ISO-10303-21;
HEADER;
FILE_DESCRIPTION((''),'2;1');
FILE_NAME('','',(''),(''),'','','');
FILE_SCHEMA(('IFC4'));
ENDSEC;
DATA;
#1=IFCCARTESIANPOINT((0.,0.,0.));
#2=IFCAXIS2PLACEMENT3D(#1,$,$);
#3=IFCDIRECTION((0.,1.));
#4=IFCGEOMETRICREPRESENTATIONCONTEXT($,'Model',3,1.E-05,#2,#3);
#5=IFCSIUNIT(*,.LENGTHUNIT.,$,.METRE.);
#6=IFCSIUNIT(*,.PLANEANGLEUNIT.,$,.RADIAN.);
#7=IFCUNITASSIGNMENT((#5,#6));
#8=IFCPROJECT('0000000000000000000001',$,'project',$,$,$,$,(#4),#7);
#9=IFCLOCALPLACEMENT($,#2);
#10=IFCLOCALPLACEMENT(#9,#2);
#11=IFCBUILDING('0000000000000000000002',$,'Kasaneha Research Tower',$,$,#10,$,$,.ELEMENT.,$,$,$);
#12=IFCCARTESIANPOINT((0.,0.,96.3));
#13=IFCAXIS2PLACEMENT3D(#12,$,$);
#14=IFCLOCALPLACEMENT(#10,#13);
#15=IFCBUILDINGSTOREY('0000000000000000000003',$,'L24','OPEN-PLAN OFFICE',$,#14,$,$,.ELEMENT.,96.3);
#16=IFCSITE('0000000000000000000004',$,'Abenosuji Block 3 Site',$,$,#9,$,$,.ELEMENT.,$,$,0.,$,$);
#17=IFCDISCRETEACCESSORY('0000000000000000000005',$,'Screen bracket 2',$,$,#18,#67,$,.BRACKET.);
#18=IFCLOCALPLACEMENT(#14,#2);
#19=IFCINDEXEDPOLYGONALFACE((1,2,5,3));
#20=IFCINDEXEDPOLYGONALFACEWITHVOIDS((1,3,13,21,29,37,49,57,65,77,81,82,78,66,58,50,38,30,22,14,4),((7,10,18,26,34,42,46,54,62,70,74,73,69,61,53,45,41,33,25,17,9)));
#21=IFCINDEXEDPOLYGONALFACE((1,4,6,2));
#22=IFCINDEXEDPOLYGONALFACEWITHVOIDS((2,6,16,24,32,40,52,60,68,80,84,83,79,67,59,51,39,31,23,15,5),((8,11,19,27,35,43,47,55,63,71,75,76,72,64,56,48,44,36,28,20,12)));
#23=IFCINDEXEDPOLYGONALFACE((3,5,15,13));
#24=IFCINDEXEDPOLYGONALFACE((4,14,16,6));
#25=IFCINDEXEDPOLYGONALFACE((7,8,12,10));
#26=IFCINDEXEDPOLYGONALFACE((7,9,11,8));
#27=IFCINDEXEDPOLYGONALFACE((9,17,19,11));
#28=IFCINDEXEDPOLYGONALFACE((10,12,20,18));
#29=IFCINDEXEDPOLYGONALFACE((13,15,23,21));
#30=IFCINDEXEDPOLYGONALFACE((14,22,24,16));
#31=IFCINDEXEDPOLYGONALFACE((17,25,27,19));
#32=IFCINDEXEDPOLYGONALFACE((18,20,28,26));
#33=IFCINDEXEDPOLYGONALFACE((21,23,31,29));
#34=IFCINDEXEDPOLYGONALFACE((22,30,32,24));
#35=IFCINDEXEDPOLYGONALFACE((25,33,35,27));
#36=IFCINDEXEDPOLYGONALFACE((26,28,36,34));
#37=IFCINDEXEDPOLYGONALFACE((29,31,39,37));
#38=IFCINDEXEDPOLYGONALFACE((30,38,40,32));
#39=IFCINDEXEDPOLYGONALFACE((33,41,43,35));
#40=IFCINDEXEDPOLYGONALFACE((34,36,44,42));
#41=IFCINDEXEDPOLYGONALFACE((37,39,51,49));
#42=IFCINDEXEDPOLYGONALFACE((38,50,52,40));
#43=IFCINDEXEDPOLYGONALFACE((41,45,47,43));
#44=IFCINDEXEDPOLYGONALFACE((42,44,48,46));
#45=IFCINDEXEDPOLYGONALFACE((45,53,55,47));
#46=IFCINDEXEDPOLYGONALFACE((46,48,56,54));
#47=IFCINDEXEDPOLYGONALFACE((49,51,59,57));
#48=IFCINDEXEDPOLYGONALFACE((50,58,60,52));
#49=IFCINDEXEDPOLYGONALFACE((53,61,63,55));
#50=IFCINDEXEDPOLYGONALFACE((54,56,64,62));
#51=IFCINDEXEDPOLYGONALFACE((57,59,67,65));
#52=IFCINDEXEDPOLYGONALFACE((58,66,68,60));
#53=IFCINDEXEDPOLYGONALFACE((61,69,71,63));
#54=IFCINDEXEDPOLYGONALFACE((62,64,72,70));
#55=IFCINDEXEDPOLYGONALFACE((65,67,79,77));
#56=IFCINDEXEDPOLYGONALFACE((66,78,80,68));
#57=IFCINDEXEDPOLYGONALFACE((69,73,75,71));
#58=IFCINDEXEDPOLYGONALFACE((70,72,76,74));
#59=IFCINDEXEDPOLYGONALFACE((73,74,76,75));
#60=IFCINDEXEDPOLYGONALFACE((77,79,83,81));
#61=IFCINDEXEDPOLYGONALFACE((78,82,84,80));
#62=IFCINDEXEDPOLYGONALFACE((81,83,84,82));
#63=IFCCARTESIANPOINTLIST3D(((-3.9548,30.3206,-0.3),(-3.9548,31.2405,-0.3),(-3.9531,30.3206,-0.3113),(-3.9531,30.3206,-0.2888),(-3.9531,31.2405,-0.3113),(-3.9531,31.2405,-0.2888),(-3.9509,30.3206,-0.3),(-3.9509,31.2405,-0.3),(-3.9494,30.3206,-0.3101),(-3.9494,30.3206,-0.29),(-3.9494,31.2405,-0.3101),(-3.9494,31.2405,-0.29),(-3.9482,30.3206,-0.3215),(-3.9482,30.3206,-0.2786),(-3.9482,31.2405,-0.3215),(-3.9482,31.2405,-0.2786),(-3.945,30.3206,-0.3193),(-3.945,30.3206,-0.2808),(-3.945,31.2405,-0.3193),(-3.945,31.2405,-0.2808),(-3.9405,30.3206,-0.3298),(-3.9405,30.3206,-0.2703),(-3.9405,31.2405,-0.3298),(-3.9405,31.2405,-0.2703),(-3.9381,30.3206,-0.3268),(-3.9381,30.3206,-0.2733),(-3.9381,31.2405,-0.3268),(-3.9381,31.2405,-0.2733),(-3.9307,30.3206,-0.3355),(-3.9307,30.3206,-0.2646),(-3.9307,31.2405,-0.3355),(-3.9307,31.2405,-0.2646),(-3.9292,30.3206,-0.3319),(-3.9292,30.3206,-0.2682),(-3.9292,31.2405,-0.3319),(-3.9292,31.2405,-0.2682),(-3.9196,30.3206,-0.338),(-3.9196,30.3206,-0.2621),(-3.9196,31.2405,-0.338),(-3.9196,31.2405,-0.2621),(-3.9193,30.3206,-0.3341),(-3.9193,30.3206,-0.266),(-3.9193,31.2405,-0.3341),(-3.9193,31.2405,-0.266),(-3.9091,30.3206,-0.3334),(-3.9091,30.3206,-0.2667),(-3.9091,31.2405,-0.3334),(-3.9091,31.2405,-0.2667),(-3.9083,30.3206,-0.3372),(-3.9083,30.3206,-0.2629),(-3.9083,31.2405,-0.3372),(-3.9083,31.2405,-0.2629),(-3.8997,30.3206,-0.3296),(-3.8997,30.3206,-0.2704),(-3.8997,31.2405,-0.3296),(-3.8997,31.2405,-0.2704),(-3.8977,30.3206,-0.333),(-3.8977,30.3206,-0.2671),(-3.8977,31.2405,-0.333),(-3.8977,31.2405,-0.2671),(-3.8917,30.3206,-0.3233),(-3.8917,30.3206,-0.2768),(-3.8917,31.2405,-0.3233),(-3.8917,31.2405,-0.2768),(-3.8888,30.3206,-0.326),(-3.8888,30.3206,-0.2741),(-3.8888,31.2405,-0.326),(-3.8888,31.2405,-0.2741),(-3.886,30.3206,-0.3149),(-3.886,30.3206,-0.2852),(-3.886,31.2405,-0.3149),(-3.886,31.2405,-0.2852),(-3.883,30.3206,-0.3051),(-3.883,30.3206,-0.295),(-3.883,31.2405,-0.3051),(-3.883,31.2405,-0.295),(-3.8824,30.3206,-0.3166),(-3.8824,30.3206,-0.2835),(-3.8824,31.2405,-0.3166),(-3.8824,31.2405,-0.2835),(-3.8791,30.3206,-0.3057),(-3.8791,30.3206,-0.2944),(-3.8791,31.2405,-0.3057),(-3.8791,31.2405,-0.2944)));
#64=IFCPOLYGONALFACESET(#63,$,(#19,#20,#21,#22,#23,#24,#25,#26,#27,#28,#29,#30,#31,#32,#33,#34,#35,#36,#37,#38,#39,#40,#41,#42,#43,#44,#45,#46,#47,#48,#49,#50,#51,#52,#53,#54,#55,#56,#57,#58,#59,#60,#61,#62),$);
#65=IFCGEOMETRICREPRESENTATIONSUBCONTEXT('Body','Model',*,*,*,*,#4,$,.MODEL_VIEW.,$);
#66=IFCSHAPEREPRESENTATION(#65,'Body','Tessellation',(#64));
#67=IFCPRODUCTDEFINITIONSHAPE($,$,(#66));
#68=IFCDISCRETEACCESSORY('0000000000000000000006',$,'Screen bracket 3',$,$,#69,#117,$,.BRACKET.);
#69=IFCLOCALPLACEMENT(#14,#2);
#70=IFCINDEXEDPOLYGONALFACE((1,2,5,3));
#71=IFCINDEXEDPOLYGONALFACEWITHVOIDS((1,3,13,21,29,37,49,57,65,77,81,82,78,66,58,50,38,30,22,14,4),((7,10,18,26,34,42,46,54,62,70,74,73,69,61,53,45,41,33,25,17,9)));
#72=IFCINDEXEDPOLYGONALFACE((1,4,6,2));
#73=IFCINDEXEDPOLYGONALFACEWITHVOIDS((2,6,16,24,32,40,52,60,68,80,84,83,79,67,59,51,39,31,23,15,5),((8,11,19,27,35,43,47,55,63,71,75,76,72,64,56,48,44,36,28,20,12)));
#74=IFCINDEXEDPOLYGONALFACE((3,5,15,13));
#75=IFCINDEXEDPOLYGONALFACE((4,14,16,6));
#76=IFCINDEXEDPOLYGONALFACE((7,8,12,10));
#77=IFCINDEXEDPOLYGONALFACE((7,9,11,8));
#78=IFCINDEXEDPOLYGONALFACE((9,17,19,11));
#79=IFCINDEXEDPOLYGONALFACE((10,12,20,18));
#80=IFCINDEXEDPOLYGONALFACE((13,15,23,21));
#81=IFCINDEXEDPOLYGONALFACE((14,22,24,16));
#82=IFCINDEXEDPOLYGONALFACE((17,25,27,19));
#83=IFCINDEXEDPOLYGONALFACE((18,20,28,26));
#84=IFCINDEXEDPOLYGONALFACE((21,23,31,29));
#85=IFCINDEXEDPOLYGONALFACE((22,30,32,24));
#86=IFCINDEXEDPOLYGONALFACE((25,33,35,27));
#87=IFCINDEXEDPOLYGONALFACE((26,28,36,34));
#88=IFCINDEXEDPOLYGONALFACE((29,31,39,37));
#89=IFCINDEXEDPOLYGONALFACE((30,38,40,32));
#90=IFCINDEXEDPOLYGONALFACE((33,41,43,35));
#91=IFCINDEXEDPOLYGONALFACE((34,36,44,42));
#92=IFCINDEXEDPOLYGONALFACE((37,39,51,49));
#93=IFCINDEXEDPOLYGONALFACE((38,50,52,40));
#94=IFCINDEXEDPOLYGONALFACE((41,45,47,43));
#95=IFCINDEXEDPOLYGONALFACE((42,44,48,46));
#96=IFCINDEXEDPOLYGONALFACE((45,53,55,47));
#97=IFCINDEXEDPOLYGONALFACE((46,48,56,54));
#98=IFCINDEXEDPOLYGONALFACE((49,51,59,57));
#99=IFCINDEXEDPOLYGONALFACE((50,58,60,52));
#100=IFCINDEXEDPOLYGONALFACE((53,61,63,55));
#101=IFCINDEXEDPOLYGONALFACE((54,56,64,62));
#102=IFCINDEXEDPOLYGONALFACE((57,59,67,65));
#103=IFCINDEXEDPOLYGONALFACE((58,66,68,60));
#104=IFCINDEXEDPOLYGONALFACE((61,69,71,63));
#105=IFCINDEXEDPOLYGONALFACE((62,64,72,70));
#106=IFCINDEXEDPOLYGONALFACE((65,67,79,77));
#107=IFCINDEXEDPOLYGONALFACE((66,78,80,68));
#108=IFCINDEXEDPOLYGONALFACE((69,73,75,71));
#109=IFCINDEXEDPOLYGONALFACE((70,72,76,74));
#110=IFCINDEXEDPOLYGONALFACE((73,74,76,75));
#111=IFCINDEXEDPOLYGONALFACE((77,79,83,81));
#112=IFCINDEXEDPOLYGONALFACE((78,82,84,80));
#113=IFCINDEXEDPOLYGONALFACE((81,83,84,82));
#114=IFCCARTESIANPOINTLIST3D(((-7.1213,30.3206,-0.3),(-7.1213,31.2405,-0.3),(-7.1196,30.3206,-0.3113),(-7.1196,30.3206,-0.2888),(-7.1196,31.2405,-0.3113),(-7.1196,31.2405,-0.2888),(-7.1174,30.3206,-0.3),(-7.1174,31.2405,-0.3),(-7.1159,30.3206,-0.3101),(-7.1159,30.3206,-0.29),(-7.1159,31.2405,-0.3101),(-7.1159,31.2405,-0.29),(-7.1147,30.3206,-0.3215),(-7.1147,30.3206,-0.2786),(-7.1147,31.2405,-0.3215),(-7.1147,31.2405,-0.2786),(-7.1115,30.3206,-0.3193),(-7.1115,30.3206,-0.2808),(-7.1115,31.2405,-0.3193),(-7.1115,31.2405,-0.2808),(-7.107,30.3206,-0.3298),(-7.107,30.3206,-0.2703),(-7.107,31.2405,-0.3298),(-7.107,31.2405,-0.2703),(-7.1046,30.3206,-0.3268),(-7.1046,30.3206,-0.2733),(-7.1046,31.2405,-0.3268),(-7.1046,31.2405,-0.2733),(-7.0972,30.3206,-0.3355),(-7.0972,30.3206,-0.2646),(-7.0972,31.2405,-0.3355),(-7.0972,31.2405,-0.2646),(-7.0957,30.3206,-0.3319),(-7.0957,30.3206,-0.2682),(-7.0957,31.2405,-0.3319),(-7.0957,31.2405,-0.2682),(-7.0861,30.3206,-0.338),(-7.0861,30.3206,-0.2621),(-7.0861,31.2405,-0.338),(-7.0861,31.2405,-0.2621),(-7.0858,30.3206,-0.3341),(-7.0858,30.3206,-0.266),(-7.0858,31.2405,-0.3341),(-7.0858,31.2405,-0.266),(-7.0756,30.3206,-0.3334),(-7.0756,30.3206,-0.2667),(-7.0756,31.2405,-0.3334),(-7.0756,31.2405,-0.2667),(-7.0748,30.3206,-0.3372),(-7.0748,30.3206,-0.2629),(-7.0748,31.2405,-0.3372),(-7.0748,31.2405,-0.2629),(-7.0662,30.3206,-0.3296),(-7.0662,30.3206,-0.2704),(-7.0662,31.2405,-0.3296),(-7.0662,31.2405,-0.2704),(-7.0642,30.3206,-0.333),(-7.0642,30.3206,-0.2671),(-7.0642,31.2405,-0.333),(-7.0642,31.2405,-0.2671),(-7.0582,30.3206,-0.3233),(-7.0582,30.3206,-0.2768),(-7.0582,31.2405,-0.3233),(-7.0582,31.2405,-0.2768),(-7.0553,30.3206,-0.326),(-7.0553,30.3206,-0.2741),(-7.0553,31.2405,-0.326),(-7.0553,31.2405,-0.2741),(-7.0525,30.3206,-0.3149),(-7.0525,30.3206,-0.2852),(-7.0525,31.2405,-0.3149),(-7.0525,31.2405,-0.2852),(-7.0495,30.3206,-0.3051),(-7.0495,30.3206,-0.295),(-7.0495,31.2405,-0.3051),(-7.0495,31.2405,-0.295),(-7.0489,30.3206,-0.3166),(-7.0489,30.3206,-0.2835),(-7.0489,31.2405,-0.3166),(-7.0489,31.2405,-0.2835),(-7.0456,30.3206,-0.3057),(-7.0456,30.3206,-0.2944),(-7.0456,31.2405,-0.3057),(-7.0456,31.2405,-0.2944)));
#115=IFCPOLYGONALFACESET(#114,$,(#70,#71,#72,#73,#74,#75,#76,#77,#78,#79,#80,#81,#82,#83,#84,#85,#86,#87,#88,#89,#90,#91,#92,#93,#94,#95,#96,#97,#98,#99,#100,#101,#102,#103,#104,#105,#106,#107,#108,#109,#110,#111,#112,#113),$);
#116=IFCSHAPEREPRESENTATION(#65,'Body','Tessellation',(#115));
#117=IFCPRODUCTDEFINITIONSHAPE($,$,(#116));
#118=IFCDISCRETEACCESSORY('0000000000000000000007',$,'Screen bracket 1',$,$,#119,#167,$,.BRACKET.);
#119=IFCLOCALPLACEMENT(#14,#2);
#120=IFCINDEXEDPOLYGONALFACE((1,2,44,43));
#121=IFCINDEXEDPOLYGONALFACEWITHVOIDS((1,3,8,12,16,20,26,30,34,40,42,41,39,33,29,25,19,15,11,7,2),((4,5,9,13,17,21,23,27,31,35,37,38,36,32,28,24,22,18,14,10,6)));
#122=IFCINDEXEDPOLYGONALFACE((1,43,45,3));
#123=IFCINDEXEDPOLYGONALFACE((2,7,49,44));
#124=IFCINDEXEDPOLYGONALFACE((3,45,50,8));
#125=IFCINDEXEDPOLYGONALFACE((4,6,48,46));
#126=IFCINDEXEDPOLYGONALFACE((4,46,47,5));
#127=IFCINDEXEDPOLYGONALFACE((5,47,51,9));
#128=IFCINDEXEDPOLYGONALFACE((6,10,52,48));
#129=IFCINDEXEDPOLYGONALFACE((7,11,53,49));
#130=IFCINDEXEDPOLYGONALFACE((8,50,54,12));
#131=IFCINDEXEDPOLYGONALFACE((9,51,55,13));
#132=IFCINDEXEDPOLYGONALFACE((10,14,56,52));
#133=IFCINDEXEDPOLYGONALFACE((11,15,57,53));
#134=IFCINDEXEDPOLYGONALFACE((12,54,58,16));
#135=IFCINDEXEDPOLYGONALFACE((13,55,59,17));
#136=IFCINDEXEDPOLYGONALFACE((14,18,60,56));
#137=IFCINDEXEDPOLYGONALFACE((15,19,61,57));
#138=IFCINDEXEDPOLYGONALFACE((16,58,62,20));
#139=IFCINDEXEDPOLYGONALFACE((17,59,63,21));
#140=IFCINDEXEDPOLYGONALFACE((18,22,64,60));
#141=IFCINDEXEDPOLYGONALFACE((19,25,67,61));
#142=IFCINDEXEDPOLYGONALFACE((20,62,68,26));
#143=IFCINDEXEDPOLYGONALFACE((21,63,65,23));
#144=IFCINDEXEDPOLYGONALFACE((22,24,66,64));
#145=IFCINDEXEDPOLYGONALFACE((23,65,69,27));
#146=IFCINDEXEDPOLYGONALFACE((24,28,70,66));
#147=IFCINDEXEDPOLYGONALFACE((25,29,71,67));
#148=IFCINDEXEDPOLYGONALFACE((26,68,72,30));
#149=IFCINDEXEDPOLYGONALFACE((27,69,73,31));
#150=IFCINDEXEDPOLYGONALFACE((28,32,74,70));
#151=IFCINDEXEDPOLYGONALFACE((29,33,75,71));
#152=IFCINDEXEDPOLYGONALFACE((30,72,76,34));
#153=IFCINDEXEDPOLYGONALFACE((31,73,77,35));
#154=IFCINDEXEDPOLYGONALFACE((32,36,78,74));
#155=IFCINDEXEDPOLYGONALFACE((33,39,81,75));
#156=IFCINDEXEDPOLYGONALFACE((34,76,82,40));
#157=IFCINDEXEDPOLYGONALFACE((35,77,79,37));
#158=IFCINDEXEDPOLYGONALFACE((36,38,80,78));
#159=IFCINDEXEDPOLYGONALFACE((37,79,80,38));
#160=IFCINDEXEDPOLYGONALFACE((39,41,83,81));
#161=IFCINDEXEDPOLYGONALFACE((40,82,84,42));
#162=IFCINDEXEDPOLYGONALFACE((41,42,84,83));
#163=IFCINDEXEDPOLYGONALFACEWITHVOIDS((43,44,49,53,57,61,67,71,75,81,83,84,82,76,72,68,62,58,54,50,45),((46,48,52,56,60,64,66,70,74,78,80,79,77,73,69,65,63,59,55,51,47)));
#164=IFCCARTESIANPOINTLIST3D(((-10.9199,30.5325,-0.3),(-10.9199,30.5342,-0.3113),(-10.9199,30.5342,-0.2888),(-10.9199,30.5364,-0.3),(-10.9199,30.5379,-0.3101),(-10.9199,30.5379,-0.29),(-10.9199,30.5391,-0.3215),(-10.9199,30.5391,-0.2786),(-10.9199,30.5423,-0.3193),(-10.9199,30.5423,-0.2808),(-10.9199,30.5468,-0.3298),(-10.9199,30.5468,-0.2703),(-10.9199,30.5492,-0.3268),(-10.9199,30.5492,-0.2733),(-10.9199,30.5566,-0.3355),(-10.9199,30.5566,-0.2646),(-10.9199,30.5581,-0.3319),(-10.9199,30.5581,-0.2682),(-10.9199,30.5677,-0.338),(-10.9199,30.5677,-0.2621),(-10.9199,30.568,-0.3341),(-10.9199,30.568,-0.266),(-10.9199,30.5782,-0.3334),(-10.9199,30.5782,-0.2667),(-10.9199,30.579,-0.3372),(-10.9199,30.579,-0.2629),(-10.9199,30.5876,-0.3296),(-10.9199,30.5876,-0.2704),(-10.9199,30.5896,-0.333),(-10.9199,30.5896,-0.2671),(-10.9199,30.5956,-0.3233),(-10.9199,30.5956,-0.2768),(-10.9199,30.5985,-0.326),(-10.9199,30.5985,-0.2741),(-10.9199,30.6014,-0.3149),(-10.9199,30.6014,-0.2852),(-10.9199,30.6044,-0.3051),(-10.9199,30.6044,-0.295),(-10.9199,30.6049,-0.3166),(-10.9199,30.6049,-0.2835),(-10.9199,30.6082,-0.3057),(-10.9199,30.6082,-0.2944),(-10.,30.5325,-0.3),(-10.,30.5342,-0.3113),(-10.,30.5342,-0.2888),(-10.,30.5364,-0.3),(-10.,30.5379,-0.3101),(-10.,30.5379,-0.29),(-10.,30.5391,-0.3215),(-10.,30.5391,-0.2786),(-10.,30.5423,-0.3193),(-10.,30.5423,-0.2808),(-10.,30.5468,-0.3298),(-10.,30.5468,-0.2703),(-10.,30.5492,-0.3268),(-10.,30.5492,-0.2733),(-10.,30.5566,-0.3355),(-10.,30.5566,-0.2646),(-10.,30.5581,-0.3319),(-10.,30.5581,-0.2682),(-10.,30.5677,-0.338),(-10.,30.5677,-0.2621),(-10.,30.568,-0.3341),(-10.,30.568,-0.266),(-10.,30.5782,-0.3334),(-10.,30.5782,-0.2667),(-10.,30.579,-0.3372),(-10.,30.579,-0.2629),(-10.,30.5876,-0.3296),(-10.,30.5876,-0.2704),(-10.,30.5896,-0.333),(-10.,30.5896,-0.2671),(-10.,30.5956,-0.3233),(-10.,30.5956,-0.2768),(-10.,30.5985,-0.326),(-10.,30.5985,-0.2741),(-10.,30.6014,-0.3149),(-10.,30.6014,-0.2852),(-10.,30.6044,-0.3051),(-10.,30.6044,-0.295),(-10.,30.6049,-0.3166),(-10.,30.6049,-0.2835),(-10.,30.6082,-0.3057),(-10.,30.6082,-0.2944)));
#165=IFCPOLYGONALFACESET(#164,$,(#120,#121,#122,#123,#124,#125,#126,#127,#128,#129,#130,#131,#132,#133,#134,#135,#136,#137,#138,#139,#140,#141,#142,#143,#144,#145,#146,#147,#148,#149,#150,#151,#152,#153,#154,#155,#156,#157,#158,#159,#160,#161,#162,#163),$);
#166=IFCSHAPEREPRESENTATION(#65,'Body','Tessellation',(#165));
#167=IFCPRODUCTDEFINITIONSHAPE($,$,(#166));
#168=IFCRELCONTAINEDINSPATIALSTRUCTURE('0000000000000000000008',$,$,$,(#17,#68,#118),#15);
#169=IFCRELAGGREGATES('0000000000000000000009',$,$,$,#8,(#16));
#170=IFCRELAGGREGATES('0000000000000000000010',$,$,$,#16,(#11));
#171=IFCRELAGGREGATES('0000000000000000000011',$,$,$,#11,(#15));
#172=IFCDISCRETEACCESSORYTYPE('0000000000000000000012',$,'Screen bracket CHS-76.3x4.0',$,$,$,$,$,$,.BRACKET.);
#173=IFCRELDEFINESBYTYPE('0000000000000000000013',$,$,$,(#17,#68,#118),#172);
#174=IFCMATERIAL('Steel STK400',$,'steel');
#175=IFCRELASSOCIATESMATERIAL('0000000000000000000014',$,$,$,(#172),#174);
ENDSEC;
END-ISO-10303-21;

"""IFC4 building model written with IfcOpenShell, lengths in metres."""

from ifc_helpers import new_model, si_unit, direction, frame, origin, origin_2d, place, context, subcontext, project, spatial, hollow_circle, extrude, material, material_profile, profile_set, type_object, element, save


model = new_model("IFC4")

# Units and contexts
model_context = context("Model", 3, precision=1e-05, world=origin(), true_north=direction((0.0, 1.0)))
body_context = subcontext(model_context, "Body", "Model", "MODEL_VIEW")
ifc_project = project(units=[si_unit("LENGTHUNIT", "METRE"), si_unit("PLANEANGLEUNIT", "RADIAN")], contexts=[model_context])

# Site, building, storey
site_placement = place(None, origin())
site = spatial("IfcSite", under=ifc_project, at=site_placement, Name="Abenosuji Block 3 Site", CompositionType="ELEMENT", RefElevation=0.0)
building_placement = place(site_placement, origin())
building = spatial("IfcBuilding", under=site, at=building_placement, Name="Kasaneha Research Tower", CompositionType="ELEMENT")
storey_placement = place(building_placement, frame((0.0, 0.0, 96.3)))
storey = spatial("IfcBuildingStorey", under=building, at=storey_placement, Name="L24", Description="OPEN-PLAN OFFICE", CompositionType="ELEMENT", Elevation=96.3)

# Discrete accessories
ifc_material_1 = material(Name="Steel STK400", Category="steel")
ifc_material_profile_1 = material_profile(ifc_material_1, hollow_circle(Radius=0.0381, WallThickness=0.0039, at=origin_2d()), Name="CHS-76.3x4.0")
ifc_profile_set_1 = profile_set([ifc_material_profile_1], Name="Steel STK400")
discrete_accessory_type = type_object("IfcDiscreteAccessoryType", Name="Screen bracket CHS-76.3x4.0", PredefinedType="BRACKET", material=ifc_profile_set_1)
for number, where, z_axis, x_axis, name in (
    (1, (-3.9167, 30.3206, -0.3), (0.0, 1.0, 0.0), (-1.0, 0.0, 0.0), "Screen bracket 2"),
    (2, (-7.0833, 30.3206, -0.3), (0.0, 1.0, 0.0), (-1.0, 0.0, 0.0), "Screen bracket 3"),
    (3, (-10.0, 30.5706, -0.3), (-1.0, 0.0, 0.0), (0.0, -1.0, 0.0), "Screen bracket 1"),
):
    element("IfcDiscreteAccessory", number, at=place(storey_placement, frame(where, z_axis=z_axis, x_axis=x_axis)), inside=storey, type_object=discrete_accessory_type, Name=name, PredefinedType="BRACKET", context=body_context, shape_type="SweptSolid", body=[
        extrude(hollow_circle(Radius=0.0381, WallThickness=0.0039, at=origin_2d()), origin(), (0.0, 0.0, 1.0), 0.9199),
    ])

save(model, "model.ifc")
